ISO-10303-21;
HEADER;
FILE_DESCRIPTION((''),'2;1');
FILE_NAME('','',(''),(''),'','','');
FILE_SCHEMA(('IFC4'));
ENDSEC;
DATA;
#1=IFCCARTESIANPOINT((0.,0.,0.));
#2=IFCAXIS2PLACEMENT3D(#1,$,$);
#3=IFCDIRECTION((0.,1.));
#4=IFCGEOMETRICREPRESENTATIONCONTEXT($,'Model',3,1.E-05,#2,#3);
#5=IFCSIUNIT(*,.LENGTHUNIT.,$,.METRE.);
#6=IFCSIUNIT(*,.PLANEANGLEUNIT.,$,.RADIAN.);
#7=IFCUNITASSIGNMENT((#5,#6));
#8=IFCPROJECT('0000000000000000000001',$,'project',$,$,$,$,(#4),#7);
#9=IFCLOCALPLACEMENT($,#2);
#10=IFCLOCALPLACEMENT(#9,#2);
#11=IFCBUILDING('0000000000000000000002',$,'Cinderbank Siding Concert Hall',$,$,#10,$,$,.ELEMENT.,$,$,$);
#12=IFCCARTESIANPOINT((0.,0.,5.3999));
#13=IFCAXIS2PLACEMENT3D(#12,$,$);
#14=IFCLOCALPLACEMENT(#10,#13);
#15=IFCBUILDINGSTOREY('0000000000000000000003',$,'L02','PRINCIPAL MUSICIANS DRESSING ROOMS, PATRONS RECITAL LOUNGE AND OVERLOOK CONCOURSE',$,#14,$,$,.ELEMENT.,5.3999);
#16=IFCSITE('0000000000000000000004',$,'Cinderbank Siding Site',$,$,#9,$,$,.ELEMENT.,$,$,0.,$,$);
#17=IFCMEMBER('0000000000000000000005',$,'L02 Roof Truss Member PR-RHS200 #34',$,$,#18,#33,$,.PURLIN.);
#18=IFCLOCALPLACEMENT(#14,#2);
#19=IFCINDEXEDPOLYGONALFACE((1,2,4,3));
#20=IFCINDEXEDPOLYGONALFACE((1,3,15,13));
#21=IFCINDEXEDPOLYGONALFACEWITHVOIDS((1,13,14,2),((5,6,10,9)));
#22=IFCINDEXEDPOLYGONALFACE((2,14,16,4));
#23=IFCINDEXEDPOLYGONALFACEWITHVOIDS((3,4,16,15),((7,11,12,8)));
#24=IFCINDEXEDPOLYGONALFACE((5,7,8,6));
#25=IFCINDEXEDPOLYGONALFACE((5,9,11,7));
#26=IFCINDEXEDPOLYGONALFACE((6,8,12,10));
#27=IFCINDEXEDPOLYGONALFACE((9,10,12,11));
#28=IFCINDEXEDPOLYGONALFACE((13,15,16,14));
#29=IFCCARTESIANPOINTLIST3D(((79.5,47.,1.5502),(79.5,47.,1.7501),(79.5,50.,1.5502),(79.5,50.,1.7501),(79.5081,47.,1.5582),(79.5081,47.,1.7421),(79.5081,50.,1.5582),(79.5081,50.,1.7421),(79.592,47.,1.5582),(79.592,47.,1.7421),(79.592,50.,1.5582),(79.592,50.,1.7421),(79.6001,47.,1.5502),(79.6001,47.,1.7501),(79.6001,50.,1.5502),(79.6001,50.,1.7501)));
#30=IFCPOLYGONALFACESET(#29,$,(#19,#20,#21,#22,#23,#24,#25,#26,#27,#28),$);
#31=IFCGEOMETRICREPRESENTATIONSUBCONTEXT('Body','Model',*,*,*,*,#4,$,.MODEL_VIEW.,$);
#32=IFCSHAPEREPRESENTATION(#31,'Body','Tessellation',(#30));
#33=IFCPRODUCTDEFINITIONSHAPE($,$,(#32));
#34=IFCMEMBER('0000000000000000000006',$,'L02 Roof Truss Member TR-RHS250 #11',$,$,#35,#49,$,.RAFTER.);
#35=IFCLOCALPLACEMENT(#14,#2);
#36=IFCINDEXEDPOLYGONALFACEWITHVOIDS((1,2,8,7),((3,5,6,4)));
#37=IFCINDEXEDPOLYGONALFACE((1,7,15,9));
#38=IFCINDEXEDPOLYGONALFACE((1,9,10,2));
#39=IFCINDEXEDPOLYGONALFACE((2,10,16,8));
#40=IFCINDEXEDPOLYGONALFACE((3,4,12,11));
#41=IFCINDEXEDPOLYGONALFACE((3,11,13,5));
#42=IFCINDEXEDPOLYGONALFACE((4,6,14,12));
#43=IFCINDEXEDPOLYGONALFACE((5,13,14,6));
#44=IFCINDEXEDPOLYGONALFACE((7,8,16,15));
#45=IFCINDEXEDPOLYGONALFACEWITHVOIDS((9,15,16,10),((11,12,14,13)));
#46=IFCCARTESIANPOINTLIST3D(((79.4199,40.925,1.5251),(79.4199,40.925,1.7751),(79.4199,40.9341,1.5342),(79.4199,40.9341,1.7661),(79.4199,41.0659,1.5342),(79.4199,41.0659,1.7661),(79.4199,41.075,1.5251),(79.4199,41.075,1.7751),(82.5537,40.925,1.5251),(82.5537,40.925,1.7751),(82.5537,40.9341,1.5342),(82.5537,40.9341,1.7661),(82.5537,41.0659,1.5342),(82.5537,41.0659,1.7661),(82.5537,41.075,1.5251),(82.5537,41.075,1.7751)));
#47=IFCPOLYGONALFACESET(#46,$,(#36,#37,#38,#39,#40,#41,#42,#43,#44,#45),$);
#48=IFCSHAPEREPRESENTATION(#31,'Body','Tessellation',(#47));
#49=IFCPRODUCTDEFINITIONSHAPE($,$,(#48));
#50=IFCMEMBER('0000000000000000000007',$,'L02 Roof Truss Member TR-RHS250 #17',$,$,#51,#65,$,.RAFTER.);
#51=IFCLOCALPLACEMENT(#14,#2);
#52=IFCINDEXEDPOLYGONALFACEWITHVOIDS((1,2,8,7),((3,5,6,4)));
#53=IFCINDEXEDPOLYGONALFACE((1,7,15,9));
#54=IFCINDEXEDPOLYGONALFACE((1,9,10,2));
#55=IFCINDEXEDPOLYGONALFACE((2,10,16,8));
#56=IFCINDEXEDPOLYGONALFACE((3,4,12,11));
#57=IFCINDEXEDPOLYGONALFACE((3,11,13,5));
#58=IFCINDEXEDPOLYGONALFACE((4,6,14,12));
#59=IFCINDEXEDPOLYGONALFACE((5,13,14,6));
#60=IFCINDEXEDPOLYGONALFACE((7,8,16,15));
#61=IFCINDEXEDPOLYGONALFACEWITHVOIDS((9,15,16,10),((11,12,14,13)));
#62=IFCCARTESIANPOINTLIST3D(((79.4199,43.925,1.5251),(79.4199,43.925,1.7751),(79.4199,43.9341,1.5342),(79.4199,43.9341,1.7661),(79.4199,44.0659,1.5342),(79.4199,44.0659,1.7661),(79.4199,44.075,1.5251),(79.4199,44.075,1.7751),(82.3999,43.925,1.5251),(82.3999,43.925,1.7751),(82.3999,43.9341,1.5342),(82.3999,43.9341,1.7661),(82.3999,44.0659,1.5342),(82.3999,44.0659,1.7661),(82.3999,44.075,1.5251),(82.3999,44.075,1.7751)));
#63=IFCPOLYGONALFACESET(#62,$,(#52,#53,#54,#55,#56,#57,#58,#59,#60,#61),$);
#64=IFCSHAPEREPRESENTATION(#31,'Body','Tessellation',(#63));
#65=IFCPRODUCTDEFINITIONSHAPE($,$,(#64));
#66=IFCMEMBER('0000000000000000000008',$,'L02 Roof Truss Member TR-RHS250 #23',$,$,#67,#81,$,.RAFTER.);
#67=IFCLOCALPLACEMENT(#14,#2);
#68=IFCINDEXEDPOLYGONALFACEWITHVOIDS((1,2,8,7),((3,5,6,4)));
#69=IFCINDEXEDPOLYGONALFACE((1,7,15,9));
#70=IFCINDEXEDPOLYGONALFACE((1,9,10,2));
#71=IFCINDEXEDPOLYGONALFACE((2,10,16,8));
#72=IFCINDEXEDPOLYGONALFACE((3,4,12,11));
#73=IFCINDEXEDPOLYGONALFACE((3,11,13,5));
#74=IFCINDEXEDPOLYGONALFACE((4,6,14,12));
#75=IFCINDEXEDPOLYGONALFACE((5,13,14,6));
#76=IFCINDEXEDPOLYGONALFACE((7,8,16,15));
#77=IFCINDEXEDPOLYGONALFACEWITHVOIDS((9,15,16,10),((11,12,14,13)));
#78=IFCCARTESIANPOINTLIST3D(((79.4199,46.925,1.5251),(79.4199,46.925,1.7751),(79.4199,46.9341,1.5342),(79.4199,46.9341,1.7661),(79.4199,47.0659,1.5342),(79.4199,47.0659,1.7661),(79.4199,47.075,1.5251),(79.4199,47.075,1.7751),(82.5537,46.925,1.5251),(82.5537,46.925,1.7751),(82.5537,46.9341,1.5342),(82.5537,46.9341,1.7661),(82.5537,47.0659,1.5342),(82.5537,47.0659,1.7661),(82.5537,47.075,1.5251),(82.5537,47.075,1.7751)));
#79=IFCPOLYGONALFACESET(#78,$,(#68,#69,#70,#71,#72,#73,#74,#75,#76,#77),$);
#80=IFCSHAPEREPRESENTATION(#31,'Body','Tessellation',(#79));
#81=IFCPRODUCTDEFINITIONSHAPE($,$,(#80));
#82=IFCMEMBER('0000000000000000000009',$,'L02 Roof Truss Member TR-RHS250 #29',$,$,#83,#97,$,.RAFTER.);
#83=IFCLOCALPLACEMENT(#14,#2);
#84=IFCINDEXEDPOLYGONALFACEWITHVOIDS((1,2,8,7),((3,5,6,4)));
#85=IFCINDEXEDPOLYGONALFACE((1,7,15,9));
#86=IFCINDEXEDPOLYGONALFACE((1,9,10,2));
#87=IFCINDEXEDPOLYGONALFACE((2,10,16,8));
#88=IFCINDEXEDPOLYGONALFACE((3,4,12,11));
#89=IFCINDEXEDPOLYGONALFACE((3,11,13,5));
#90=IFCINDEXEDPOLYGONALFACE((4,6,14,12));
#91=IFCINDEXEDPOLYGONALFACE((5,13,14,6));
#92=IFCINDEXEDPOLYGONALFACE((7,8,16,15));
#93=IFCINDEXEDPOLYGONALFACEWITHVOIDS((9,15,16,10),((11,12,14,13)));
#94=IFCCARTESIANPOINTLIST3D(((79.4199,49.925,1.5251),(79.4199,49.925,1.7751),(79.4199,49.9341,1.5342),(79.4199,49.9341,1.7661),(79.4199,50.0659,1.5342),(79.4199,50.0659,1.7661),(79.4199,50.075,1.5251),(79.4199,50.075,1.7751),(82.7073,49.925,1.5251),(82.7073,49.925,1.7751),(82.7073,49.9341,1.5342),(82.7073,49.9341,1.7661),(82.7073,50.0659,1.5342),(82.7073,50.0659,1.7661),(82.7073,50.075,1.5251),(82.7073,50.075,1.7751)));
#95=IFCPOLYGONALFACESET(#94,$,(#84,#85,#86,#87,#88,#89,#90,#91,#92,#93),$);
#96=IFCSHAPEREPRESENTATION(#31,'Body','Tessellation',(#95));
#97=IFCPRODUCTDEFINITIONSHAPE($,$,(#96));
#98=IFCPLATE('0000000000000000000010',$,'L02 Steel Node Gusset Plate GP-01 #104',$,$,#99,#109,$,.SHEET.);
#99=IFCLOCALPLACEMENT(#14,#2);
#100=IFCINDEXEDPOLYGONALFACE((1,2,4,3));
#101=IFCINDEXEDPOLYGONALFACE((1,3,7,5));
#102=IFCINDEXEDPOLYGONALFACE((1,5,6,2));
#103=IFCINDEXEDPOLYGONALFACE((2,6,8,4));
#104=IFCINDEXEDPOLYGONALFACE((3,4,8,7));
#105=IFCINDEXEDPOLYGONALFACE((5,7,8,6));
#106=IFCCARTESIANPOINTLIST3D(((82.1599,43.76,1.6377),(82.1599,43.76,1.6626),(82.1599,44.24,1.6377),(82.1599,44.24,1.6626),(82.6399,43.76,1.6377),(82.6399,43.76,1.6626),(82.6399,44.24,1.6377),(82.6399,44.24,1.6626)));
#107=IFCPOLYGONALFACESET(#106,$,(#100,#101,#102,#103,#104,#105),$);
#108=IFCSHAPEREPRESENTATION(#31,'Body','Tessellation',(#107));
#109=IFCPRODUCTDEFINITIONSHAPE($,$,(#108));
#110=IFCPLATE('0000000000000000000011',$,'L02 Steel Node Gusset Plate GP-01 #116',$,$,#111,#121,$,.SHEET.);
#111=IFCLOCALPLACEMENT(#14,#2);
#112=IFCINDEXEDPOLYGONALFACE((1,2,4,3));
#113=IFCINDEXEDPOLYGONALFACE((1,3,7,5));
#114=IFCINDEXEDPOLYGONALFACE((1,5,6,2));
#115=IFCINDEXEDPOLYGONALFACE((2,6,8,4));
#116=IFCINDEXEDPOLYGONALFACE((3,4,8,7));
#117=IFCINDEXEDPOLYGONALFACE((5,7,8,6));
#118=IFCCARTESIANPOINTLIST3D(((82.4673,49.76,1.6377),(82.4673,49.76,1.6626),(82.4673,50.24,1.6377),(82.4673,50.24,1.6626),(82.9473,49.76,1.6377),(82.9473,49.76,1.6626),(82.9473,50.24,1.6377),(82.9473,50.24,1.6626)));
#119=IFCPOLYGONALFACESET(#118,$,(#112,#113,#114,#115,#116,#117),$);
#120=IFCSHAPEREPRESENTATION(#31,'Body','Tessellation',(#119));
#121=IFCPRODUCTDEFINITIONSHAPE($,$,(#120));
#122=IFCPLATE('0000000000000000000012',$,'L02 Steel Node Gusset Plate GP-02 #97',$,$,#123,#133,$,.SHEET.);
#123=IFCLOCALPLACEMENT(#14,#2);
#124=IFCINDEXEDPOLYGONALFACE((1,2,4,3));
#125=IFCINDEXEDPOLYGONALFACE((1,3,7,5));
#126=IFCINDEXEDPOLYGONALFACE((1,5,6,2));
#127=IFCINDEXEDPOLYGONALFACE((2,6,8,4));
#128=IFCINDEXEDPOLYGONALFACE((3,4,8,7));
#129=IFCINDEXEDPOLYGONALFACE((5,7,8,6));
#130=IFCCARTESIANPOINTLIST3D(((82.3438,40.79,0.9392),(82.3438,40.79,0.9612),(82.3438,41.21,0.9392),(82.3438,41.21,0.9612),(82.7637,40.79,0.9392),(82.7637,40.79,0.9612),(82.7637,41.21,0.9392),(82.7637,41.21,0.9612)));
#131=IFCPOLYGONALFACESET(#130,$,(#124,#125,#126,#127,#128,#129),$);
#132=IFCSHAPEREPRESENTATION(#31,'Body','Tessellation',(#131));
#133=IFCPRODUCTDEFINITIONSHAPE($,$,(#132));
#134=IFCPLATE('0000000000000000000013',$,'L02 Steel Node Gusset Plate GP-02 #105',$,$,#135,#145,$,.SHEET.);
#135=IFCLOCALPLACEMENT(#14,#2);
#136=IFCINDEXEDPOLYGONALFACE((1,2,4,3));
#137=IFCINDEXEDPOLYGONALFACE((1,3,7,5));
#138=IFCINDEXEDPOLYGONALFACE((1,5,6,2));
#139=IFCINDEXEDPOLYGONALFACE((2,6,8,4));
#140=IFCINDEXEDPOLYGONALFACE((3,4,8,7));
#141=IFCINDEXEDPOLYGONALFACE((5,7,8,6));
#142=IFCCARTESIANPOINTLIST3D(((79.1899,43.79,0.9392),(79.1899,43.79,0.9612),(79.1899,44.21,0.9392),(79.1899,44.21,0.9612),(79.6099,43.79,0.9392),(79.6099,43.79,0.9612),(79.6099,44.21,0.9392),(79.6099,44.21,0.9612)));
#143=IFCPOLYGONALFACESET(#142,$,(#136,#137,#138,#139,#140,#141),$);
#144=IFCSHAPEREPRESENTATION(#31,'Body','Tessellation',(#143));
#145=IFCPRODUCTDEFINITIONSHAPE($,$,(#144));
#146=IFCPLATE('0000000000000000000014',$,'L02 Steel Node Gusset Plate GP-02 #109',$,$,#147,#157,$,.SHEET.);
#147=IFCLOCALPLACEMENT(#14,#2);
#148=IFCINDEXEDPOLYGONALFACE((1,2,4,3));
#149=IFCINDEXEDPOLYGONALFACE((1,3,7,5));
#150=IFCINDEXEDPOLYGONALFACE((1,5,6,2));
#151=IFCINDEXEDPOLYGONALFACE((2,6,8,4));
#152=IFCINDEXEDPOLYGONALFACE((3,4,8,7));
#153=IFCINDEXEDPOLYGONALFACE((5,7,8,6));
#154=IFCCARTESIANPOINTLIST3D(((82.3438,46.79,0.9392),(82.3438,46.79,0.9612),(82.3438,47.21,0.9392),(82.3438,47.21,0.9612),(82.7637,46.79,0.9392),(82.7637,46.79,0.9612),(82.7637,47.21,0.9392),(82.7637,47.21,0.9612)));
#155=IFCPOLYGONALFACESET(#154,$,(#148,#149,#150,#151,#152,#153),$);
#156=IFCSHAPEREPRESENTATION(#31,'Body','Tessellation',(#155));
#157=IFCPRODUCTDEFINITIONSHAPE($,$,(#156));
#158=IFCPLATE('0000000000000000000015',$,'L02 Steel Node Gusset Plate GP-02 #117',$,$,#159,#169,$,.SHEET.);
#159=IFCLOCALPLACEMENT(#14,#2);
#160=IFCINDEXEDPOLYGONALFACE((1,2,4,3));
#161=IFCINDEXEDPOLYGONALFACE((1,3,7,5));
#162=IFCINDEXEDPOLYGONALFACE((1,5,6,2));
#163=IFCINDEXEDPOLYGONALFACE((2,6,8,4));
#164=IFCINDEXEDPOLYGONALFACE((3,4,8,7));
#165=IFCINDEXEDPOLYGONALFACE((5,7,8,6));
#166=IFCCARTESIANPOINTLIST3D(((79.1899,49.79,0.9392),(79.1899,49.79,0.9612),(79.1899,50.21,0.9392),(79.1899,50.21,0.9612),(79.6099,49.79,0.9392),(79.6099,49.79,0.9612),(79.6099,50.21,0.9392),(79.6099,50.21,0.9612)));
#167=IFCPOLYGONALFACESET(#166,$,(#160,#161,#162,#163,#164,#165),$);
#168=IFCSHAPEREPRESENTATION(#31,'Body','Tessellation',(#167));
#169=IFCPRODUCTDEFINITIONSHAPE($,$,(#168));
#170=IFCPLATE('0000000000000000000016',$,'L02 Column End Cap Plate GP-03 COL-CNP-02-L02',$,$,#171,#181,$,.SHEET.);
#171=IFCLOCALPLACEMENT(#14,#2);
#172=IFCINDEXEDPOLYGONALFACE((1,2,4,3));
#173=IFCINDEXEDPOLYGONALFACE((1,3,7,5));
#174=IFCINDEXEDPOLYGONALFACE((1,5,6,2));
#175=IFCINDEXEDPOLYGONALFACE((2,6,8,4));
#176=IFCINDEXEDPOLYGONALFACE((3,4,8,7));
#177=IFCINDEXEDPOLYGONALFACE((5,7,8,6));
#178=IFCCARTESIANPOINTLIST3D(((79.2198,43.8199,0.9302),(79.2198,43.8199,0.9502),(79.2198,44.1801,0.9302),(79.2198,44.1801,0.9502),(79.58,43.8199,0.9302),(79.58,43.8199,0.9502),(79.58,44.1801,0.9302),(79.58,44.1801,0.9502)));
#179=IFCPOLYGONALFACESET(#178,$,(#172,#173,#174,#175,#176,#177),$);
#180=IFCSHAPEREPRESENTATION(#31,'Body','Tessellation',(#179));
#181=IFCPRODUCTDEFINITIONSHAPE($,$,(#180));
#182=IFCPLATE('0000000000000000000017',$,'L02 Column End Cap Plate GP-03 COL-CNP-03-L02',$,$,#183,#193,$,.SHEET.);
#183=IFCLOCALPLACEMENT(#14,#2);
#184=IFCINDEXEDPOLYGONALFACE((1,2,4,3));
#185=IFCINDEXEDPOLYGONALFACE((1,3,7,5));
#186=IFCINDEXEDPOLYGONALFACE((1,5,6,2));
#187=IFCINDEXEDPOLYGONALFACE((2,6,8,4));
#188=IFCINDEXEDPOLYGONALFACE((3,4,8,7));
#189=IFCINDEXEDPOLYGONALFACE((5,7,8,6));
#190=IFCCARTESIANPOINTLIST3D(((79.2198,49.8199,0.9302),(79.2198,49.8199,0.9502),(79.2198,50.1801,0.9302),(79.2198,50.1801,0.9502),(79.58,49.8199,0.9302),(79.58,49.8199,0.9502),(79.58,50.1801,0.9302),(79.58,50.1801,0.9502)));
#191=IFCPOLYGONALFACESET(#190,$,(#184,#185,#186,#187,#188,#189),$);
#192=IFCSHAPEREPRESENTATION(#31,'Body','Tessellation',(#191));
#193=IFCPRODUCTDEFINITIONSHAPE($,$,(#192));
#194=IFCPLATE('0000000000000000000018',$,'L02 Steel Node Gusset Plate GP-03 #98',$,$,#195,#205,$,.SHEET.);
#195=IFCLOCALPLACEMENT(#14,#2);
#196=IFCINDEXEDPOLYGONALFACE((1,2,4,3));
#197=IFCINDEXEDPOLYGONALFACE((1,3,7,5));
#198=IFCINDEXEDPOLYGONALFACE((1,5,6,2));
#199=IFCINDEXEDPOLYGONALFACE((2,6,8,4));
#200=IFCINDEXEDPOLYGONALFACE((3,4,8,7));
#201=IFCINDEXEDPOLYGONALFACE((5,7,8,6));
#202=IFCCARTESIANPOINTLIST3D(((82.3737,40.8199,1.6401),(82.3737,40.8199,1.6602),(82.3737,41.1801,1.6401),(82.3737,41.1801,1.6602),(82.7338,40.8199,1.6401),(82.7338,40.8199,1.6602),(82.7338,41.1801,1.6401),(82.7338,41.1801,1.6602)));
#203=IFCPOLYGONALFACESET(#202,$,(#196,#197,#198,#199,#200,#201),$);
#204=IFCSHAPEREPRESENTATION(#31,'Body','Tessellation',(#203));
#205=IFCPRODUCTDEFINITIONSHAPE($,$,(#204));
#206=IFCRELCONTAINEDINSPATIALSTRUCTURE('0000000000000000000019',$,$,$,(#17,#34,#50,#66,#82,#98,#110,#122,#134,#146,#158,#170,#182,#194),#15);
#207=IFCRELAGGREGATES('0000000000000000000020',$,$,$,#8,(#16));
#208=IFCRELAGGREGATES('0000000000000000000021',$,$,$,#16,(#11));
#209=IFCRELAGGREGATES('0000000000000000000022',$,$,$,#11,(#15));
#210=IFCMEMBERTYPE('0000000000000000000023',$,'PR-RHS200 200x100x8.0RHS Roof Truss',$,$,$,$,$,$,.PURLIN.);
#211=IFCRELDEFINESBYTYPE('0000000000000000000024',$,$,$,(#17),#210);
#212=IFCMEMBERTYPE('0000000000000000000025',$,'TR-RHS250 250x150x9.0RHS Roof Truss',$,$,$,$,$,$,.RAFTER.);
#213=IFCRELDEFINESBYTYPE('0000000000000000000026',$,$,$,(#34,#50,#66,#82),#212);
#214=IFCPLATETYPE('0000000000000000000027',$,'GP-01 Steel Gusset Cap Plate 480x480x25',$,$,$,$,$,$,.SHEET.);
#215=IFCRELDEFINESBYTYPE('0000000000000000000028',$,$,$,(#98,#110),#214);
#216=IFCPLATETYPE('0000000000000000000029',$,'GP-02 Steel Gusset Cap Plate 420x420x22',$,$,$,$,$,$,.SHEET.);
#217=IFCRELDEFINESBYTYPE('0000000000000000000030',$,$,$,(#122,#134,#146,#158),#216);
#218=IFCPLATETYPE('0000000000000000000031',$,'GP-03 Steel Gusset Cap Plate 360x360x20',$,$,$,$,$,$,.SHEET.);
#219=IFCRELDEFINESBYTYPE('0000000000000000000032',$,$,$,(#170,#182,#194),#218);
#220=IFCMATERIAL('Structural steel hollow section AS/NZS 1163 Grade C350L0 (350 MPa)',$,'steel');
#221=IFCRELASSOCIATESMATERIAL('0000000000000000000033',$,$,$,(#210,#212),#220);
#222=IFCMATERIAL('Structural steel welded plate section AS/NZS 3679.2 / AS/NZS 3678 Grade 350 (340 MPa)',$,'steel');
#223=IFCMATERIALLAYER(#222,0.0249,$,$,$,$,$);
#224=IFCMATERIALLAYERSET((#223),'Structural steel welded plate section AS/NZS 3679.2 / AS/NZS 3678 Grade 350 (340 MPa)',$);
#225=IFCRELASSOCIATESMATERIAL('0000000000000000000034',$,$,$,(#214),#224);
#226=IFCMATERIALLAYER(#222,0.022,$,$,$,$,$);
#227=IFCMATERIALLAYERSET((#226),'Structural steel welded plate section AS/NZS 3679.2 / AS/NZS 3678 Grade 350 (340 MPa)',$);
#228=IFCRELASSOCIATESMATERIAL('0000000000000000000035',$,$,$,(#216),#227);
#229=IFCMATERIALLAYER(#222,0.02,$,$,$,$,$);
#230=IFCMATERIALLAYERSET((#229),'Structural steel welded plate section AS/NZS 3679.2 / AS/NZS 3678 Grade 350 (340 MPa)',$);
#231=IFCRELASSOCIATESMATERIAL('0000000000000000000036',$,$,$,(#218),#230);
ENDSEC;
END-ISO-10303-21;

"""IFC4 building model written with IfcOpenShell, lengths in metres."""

from ifc_helpers import new_model, si_unit, direction, frame, origin, origin_2d, place, context, subcontext, project, spatial, rectangle, hollow_rectangle, extrude, material, layer, layer_set, material_profile, profile_set, type_object, element, save


model = new_model("IFC4")

# Units and contexts
model_context = context("Model", 3, precision=1e-05, world=origin(), true_north=direction((0.0, 1.0)))
body_context = subcontext(model_context, "Body", "Model", "MODEL_VIEW")
ifc_project = project(units=[si_unit("LENGTHUNIT", "METRE"), si_unit("PLANEANGLEUNIT", "RADIAN")], contexts=[model_context])

# Site, building, storey
site_placement = place(None, origin())
site = spatial("IfcSite", under=ifc_project, at=site_placement, Name="Cinderbank Siding Site", CompositionType="ELEMENT", RefElevation=0.0)
building_placement = place(site_placement, origin())
building = spatial("IfcBuilding", under=site, at=building_placement, Name="Cinderbank Siding Concert Hall", CompositionType="ELEMENT")
storey_placement = place(building_placement, frame((0.0, 0.0, 5.3999)))
storey = spatial("IfcBuildingStorey", under=building, at=storey_placement, Name="L02", Description="PRINCIPAL MUSICIANS DRESSING ROOMS, PATRONS RECITAL LOUNGE AND OVERLOOK CONCOURSE", CompositionType="ELEMENT", Elevation=5.3999)

# Shared definitions
ifc_material_1 = material(Name="Structural steel hollow section AS/NZS 1163 Grade C350L0 (350 MPa)", Category="steel")

# Shared definitions
ifc_material_2 = material(Name="Structural steel welded plate section AS/NZS 3679.2 / AS/NZS 3678 Grade 350 (340 MPa)", Category="steel")

# Members
ifc_material_profile_1 = material_profile(ifc_material_1, hollow_rectangle(XDim=0.1001, YDim=0.2, WallThickness=0.0081, at=origin_2d()), Name="200x100x8.0RHS", Category="LoadBearing")
ifc_profile_set_1 = profile_set([ifc_material_profile_1], Name="Structural steel hollow section AS/NZS 1163 Grade C350L0 (350 MPa)")
member_type_1 = type_object("IfcMemberType", Name="PR-RHS200 200x100x8.0RHS Roof Truss", PredefinedType="PURLIN", material=ifc_profile_set_1)
for number, where, z_axis, x_axis, name in (
    (1, (79.55, 47.0, 1.6501), (0.0, 1.0, 0.0), (-1.0, 0.0, 0.0), "L02 Roof Truss Member PR-RHS200 #34"),
):
    element("IfcMember", number, at=place(storey_placement, frame(where, z_axis=z_axis, x_axis=x_axis)), inside=storey, type_object=member_type_1, Name=name, PredefinedType="PURLIN", context=body_context, shape_type="SweptSolid", body=[
        extrude(hollow_rectangle(XDim=0.1001, YDim=0.2, WallThickness=0.0081, at=origin_2d()), origin(), (0.0, 0.0, 1.0), 3.0),
    ])
ifc_material_profile_2 = material_profile(ifc_material_1, hollow_rectangle(XDim=0.1499, YDim=0.25, WallThickness=0.009, at=origin_2d()), Name="250x150x9.0RHS", Category="LoadBearing")
ifc_profile_set_2 = profile_set([ifc_material_profile_2], Name="Structural steel hollow section AS/NZS 1163 Grade C350L0 (350 MPa)")
member_type_2 = type_object("IfcMemberType", Name="TR-RHS250 250x150x9.0RHS Roof Truss", PredefinedType="RAFTER", material=ifc_profile_set_2)
member_1_placement = place(storey_placement, frame((82.5537, 41.0, 1.6501), z_axis=(-1.0, 0.0, 0.0), x_axis=(0.0, -1.0, 0.0)))
element("IfcMember", 2, at=member_1_placement, inside=storey, type_object=member_type_2, Name="L02 Roof Truss Member TR-RHS250 #11", PredefinedType="RAFTER", context=body_context, shape_type="SweptSolid", body=[
    extrude(hollow_rectangle(XDim=0.1499, YDim=0.25, WallThickness=0.009, at=origin_2d()), origin(), (0.0, 0.0, 1.0), 3.1338),
])
member_2_placement = place(storey_placement, frame((82.3999, 44.0, 1.6501), z_axis=(-1.0, 0.0, 0.0), x_axis=(0.0, -1.0, 0.0)))
element("IfcMember", 3, at=member_2_placement, inside=storey, type_object=member_type_2, Name="L02 Roof Truss Member TR-RHS250 #17", PredefinedType="RAFTER", context=body_context, shape_type="SweptSolid", body=[
    extrude(hollow_rectangle(XDim=0.1499, YDim=0.25, WallThickness=0.009, at=origin_2d()), origin(), (0.0, 0.0, 1.0), 2.98),
])
member_3_placement = place(storey_placement, frame((82.5537, 47.0, 1.6501), z_axis=(-1.0, 0.0, 0.0), x_axis=(0.0, -1.0, 0.0)))
element("IfcMember", 4, at=member_3_placement, inside=storey, type_object=member_type_2, Name="L02 Roof Truss Member TR-RHS250 #23", PredefinedType="RAFTER", context=body_context, shape_type="SweptSolid", body=[
    extrude(hollow_rectangle(XDim=0.1499, YDim=0.25, WallThickness=0.009, at=origin_2d()), origin(), (0.0, 0.0, 1.0), 3.1338),
])
member_4_placement = place(storey_placement, frame((82.7073, 50.0, 1.6501), z_axis=(-1.0, 0.0, 0.0), x_axis=(0.0, -1.0, 0.0)))
element("IfcMember", 5, at=member_4_placement, inside=storey, type_object=member_type_2, Name="L02 Roof Truss Member TR-RHS250 #29", PredefinedType="RAFTER", context=body_context, shape_type="SweptSolid", body=[
    extrude(hollow_rectangle(XDim=0.1499, YDim=0.25, WallThickness=0.009, at=origin_2d()), origin(), (0.0, 0.0, 1.0), 3.2874),
])

# Plates
ifc_layer_1 = layer(ifc_material_2, 0.0249)
ifc_layer_set_1 = layer_set([ifc_layer_1], Name="Structural steel welded plate section AS/NZS 3679.2 / AS/NZS 3678 Grade 350 (340 MPa)")
plate_type_1 = type_object("IfcPlateType", Name="GP-01 Steel Gusset Cap Plate 480x480x25", PredefinedType="SHEET", material=ifc_layer_set_1)
for number, where, z_axis, x_axis, name in (
    (6, (82.3999, 44.0, 1.6377), (0.0, 0.0, 1.0), (-1.0, 0.0, 0.0), "L02 Steel Node Gusset Plate GP-01 #104"),
    (7, (82.7073, 50.0, 1.6377), (0.0, 0.0, 1.0), (-1.0, 0.0, 0.0), "L02 Steel Node Gusset Plate GP-01 #116"),
):
    element("IfcPlate", number, at=place(storey_placement, frame(where, z_axis=z_axis, x_axis=x_axis)), inside=storey, type_object=plate_type_1, Name=name, PredefinedType="SHEET", context=body_context, shape_type="SweptSolid", body=[
        extrude(rectangle(XDim=0.48, YDim=0.48, at=origin_2d()), origin(), (0.0, 0.0, 1.0), 0.0249),
    ])
ifc_layer_2 = layer(ifc_material_2, 0.022)
ifc_layer_set_2 = layer_set([ifc_layer_2], Name="Structural steel welded plate section AS/NZS 3679.2 / AS/NZS 3678 Grade 350 (340 MPa)")
plate_type_2 = type_object("IfcPlateType", Name="GP-02 Steel Gusset Cap Plate 420x420x22", PredefinedType="SHEET", material=ifc_layer_set_2)
for number, where, z_axis, x_axis, name in (
    (8, (82.5537, 41.0, 0.9392), (0.0, 0.0, 1.0), (-1.0, 0.0, 0.0), "L02 Steel Node Gusset Plate GP-02 #97"),
    (9, (79.3999, 44.0, 0.9392), (0.0, 0.0, 1.0), (-1.0, 0.0, 0.0), "L02 Steel Node Gusset Plate GP-02 #105"),
    (10, (82.5537, 47.0, 0.9392), (0.0, 0.0, 1.0), (-1.0, 0.0, 0.0), "L02 Steel Node Gusset Plate GP-02 #109"),
    (11, (79.3999, 50.0, 0.9392), (0.0, 0.0, 1.0), (-1.0, 0.0, 0.0), "L02 Steel Node Gusset Plate GP-02 #117"),
):
    element("IfcPlate", number, at=place(storey_placement, frame(where, z_axis=z_axis, x_axis=x_axis)), inside=storey, type_object=plate_type_2, Name=name, PredefinedType="SHEET", context=body_context, shape_type="SweptSolid", body=[
        extrude(rectangle(XDim=0.4199, YDim=0.4199, at=origin_2d()), origin(), (0.0, 0.0, 1.0), 0.022),
    ])
ifc_layer_3 = layer(ifc_material_2, 0.02)
ifc_layer_set_3 = layer_set([ifc_layer_3], Name="Structural steel welded plate section AS/NZS 3679.2 / AS/NZS 3678 Grade 350 (340 MPa)")
plate_type_3 = type_object("IfcPlateType", Name="GP-03 Steel Gusset Cap Plate 360x360x20", PredefinedType="SHEET", material=ifc_layer_set_3)
for number, where, z_axis, x_axis, name in (
    (12, (79.3999, 44.0, 0.9302), (0.0, 0.0, 1.0), (1.0, 0.0, 0.0), "L02 Column End Cap Plate GP-03 COL-CNP-02-L02"),
    (13, (79.3999, 50.0, 0.9302), (0.0, 0.0, 1.0), (1.0, 0.0, 0.0), "L02 Column End Cap Plate GP-03 COL-CNP-03-L02"),
    (14, (82.5537, 41.0, 1.6401), (0.0, 0.0, 1.0), (-1.0, 0.0, 0.0), "L02 Steel Node Gusset Plate GP-03 #98"),
):
    element("IfcPlate", number, at=place(storey_placement, frame(where, z_axis=z_axis, x_axis=x_axis)), inside=storey, type_object=plate_type_3, Name=name, PredefinedType="SHEET", context=body_context, shape_type="SweptSolid", body=[
        extrude(rectangle(XDim=0.3601, YDim=0.3601, at=origin_2d()), origin(), (0.0, 0.0, 1.0), 0.02),
    ])

save(model, "model.ifc")
